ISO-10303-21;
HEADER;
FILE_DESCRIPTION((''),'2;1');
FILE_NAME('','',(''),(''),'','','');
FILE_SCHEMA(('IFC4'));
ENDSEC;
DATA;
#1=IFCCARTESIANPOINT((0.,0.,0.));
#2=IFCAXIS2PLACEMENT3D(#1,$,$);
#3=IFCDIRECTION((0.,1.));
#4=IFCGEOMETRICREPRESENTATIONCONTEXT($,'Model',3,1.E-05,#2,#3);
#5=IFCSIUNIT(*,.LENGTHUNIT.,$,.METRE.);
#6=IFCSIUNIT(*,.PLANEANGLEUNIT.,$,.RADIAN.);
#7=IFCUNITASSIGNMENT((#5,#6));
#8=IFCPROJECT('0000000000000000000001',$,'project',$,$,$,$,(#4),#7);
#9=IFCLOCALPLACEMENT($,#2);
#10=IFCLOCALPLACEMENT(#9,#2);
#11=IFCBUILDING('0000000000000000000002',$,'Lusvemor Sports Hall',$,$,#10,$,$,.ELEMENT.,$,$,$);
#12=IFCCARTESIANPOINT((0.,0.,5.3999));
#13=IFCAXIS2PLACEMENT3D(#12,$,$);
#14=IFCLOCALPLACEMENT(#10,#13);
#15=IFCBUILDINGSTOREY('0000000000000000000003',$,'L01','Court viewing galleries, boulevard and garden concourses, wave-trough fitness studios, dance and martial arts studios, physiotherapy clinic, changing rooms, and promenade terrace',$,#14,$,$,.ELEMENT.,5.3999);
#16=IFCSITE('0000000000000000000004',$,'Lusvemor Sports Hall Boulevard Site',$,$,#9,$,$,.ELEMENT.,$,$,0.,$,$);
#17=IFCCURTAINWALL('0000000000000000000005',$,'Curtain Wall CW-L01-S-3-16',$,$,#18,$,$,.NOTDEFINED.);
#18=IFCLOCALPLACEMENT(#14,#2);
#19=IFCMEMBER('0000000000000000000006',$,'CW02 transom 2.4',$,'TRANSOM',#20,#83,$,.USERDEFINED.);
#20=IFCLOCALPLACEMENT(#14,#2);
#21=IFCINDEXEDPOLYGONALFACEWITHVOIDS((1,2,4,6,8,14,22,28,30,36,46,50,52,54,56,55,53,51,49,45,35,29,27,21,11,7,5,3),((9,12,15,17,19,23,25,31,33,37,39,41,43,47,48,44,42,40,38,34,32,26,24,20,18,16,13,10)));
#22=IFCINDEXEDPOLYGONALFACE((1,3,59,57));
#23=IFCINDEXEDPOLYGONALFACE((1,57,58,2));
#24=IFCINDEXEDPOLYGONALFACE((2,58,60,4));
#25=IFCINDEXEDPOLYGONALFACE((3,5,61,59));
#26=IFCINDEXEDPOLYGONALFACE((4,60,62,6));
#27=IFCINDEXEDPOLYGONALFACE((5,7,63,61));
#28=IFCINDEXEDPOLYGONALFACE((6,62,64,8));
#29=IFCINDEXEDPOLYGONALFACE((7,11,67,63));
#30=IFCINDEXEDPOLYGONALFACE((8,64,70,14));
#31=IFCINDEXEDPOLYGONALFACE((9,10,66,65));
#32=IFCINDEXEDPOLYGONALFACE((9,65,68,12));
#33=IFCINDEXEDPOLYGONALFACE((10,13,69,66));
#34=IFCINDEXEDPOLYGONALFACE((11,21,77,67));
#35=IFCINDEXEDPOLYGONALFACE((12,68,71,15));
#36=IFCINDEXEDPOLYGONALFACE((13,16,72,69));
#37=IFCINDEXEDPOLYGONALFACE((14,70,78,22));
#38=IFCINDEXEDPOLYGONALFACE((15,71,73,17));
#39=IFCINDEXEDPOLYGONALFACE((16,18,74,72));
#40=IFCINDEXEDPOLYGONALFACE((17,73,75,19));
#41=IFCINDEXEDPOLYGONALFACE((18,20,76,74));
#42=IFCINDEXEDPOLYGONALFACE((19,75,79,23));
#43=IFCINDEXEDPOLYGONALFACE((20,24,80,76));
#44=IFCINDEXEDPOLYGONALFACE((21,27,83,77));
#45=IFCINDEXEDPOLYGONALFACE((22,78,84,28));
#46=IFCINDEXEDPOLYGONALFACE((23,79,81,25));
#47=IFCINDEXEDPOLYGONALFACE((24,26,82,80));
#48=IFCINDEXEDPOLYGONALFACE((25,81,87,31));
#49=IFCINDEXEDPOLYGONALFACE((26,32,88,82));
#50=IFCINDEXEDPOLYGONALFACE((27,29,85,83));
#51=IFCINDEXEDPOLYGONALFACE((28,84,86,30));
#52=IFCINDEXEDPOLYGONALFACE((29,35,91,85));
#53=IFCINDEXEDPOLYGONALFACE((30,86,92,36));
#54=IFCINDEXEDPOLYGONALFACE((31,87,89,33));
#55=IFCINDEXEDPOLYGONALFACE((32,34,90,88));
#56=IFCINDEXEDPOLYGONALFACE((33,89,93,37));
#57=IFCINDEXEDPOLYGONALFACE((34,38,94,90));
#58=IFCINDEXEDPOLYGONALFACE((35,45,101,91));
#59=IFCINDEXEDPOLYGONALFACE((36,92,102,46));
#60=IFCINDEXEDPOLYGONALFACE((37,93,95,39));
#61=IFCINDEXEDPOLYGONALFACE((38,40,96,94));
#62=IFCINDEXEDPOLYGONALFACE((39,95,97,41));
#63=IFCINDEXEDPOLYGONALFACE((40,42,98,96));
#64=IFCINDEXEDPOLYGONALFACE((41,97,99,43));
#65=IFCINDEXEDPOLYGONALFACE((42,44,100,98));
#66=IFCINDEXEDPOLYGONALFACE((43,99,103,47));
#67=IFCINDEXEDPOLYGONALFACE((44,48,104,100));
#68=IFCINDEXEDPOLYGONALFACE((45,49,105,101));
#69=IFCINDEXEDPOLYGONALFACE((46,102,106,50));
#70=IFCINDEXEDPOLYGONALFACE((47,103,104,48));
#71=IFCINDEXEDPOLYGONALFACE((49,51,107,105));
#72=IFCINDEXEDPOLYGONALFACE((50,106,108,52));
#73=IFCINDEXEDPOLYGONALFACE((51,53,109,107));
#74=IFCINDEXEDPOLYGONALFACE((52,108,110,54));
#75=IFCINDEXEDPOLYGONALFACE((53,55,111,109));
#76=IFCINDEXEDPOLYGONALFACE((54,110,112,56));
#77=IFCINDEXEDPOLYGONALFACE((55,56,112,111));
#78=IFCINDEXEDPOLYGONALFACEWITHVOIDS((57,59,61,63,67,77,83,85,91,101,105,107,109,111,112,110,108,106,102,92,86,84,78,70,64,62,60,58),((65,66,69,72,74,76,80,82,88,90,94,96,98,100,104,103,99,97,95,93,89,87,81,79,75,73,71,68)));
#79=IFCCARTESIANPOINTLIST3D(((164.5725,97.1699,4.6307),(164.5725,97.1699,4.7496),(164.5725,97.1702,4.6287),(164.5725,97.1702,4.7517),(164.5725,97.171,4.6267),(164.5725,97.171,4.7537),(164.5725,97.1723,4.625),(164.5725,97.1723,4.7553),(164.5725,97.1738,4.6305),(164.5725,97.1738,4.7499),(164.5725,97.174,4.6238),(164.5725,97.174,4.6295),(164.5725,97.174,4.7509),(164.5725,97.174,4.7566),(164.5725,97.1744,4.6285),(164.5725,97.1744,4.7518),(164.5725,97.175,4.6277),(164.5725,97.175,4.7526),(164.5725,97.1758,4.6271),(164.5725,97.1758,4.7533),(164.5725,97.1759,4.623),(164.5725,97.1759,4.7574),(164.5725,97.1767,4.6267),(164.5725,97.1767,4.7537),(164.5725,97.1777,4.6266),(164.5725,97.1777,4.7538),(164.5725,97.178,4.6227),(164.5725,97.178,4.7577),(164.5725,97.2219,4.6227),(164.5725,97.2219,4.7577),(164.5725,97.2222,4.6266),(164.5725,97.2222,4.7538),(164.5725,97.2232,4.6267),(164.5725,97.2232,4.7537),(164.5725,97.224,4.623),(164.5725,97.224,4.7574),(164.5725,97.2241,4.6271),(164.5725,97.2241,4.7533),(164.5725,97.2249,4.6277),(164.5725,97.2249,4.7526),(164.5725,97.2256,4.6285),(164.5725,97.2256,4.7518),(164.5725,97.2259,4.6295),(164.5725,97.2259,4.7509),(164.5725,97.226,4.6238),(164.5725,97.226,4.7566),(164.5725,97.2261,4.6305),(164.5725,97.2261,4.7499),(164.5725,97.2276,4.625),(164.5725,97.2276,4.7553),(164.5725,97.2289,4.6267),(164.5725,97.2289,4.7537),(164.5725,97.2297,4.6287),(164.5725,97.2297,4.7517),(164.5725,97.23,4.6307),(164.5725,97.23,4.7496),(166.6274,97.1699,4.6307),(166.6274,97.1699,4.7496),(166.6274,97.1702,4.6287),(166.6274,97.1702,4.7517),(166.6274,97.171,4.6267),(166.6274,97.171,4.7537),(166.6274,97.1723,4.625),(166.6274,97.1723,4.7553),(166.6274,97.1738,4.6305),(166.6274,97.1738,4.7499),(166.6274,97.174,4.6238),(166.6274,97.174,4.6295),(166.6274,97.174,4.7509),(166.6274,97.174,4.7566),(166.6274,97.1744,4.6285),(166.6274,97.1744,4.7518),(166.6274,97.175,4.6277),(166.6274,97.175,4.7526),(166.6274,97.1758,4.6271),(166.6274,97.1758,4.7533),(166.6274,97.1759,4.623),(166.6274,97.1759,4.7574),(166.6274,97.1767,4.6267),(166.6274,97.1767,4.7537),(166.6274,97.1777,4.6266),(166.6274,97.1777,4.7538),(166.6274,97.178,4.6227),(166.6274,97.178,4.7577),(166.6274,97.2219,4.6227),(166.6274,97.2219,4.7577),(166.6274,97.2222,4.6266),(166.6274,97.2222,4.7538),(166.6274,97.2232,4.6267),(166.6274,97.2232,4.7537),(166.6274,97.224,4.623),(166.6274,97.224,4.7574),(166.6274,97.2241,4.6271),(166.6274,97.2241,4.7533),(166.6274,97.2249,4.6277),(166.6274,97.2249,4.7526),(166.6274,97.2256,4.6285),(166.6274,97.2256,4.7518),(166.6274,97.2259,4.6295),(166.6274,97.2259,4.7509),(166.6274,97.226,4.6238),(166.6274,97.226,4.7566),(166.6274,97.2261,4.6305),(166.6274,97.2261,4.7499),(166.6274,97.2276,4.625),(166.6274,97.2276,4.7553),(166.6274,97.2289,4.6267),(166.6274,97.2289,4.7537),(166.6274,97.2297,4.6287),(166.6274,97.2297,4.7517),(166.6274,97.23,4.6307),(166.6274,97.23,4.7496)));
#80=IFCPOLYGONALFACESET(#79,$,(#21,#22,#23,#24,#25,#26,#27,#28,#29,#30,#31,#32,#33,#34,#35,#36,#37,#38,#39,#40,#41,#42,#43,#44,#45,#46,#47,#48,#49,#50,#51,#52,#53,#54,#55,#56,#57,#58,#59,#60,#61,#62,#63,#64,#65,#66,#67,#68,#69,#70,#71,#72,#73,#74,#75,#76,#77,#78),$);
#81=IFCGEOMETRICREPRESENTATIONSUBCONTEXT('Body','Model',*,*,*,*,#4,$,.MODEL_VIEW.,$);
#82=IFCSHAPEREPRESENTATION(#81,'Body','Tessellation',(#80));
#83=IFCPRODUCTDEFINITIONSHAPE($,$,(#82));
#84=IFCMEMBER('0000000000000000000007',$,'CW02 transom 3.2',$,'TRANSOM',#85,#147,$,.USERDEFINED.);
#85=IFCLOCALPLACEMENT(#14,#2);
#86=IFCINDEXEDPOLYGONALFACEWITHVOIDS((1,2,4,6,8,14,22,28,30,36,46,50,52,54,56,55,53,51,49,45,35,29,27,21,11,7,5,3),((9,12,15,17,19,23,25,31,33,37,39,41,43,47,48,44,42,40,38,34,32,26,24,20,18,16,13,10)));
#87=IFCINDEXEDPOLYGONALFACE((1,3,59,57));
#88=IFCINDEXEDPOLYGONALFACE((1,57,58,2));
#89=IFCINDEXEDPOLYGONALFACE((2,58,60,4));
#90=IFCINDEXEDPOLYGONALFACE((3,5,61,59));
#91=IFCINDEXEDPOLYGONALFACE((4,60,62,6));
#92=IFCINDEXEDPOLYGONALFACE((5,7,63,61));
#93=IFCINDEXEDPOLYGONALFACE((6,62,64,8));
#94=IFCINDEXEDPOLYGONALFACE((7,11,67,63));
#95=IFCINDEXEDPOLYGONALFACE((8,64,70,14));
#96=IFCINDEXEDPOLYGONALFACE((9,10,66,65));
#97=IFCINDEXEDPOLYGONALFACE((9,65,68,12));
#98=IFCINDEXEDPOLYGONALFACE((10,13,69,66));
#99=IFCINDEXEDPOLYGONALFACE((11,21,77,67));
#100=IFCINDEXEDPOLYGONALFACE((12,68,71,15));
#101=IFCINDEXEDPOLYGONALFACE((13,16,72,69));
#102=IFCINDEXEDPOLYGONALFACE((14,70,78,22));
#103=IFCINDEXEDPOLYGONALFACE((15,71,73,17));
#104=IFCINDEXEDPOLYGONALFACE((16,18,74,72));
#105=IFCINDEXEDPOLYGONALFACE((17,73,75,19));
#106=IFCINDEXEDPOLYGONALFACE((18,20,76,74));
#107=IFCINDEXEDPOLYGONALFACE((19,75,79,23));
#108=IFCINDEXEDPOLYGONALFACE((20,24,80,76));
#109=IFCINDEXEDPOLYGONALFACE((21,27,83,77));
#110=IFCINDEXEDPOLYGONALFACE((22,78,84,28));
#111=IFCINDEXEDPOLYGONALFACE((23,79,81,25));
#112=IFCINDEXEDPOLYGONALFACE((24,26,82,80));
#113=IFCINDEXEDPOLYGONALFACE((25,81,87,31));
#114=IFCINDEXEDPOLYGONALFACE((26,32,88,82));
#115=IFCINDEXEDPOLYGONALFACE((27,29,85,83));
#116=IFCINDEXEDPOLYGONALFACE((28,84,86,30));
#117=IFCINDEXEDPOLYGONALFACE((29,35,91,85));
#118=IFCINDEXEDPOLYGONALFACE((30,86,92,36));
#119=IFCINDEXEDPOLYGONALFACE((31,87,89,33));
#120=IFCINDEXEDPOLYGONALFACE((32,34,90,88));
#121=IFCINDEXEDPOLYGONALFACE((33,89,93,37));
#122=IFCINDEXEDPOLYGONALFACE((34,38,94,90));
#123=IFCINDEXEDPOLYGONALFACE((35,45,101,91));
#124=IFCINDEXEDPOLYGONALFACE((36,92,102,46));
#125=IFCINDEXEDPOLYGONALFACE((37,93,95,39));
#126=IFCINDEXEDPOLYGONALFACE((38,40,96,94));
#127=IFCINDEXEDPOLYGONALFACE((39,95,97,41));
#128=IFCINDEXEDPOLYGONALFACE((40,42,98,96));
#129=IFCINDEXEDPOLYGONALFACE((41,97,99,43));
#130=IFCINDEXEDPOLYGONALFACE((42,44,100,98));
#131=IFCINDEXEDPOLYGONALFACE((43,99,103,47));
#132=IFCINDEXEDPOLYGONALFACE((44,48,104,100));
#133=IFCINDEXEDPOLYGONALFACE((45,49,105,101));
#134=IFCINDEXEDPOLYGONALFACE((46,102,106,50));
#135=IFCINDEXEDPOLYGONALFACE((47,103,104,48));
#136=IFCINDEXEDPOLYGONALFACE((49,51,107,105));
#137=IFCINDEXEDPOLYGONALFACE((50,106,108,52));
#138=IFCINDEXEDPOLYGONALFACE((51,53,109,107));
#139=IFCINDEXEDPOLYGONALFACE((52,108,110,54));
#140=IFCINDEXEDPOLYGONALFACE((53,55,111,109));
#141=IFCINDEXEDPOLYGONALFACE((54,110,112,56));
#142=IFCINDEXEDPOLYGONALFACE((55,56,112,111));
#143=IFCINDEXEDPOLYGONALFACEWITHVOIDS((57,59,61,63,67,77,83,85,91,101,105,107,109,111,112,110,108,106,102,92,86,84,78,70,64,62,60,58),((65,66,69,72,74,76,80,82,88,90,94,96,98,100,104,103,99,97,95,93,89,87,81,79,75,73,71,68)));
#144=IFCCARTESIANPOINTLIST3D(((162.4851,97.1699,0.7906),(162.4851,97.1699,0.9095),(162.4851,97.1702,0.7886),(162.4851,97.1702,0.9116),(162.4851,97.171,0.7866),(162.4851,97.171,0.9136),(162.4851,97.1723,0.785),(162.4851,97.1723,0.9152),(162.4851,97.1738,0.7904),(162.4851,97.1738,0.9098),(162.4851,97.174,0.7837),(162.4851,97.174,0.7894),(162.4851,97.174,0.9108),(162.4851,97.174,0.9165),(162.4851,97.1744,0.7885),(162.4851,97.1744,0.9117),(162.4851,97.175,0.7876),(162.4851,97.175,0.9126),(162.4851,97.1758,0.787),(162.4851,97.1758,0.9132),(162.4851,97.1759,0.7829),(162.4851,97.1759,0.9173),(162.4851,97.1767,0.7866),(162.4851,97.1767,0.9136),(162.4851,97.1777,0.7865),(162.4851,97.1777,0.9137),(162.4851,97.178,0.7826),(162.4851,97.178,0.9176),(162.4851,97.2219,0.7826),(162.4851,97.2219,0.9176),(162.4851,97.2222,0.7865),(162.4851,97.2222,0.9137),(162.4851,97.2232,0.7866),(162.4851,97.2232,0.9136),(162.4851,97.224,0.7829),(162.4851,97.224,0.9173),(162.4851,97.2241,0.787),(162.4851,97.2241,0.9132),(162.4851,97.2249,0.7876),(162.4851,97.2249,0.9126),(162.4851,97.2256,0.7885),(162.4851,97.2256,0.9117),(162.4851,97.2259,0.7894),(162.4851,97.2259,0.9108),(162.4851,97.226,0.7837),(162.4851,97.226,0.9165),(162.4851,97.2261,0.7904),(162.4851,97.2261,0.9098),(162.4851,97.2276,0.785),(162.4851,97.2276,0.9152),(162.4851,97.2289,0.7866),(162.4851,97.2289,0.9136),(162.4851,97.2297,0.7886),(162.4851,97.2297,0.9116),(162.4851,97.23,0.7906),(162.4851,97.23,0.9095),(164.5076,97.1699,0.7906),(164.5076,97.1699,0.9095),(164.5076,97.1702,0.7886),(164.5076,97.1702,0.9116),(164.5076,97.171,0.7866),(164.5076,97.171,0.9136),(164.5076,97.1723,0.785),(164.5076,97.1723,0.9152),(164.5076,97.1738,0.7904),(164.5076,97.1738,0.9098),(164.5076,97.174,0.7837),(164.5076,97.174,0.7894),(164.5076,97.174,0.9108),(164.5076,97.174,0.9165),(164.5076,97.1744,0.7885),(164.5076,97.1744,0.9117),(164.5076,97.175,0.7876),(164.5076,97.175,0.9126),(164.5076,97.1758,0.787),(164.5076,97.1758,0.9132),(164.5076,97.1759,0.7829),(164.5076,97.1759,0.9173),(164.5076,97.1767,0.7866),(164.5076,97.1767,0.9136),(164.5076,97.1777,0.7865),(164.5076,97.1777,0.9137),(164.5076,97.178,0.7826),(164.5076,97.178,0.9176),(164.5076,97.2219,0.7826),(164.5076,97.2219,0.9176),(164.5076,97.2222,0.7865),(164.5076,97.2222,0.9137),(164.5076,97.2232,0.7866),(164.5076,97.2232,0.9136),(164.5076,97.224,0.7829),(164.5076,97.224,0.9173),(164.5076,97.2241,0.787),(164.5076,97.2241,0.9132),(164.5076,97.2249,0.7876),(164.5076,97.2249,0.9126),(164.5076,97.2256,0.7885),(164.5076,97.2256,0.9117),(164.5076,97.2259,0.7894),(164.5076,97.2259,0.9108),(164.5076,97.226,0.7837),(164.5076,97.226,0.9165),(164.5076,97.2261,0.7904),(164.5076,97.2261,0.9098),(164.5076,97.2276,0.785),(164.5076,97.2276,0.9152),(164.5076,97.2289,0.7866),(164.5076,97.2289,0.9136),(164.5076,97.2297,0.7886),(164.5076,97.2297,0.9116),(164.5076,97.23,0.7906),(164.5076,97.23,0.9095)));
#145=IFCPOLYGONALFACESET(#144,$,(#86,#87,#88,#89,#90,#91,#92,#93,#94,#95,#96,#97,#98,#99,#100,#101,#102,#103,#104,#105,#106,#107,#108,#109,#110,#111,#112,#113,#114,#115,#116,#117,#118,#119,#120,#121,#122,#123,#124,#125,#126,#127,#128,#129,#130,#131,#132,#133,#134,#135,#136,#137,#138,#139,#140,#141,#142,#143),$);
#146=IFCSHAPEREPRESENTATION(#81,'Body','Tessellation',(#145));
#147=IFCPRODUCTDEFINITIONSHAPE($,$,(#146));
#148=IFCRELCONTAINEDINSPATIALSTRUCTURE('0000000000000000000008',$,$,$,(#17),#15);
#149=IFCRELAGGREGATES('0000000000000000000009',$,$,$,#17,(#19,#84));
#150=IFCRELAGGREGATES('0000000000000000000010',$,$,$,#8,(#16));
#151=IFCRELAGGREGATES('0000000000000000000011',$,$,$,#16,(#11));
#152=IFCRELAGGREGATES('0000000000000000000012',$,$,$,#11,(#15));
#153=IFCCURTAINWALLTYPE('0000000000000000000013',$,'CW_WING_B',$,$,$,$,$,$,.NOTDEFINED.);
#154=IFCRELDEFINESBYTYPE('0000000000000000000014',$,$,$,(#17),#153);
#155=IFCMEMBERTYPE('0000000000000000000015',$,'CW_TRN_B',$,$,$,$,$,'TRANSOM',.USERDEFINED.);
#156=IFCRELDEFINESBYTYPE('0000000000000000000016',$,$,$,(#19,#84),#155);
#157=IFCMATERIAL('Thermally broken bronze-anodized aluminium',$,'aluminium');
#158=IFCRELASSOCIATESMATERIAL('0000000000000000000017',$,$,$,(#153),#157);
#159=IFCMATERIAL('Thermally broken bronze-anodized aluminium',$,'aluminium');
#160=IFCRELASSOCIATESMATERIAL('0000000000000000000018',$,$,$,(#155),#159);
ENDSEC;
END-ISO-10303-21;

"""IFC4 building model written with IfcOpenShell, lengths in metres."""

from ifc_helpers import new_model, si_unit, direction, frame, origin, origin_2d, place, context, subcontext, project, spatial, hollow_rectangle, extrude, material, material_profile, profile_set, type_object, element, aggregate, save


model = new_model("IFC4")

# Units and contexts
model_context = context("Model", 3, precision=1e-05, world=origin(), true_north=direction((0.0, 1.0)))
body_context = subcontext(model_context, "Body", "Model", "MODEL_VIEW")
ifc_project = project(units=[si_unit("LENGTHUNIT", "METRE"), si_unit("PLANEANGLEUNIT", "RADIAN")], contexts=[model_context])

# Site, building, storey
site_placement = place(None, origin())
site = spatial("IfcSite", under=ifc_project, at=site_placement, Name="Lusvemor Sports Hall Boulevard Site", CompositionType="ELEMENT", RefElevation=0.0)
building_placement = place(site_placement, origin())
building = spatial("IfcBuilding", under=site, at=building_placement, Name="Lusvemor Sports Hall", CompositionType="ELEMENT")
storey_placement = place(building_placement, frame((0.0, 0.0, 5.3999)))
storey = spatial("IfcBuildingStorey", under=building, at=storey_placement, Name="L01", Description="Court viewing galleries, boulevard and garden concourses, wave-trough fitness studios, dance and martial arts studios, physiotherapy clinic, changing rooms, and promenade terrace", CompositionType="ELEMENT", Elevation=5.3999)

# Curtain wall, members
ifc_material_1 = material(Name="Thermally broken bronze-anodized aluminium", Category="aluminium")
curtain_wall_type = type_object("IfcCurtainWallType", Name="CW_WING_B", PredefinedType="NOTDEFINED", material=ifc_material_1)
curtain_wall_placement = place(storey_placement, origin())
curtain_wall = element("IfcCurtainWall", 1, at=curtain_wall_placement, inside=storey, type_object=curtain_wall_type, Name="Curtain Wall CW-L01-S-3-16", PredefinedType="NOTDEFINED")
ifc_material_2 = material(Name="Thermally broken bronze-anodized aluminium", Category="aluminium")
ifc_material_profile_1 = material_profile(ifc_material_2, hollow_rectangle(XDim=0.0601, YDim=0.135, WallThickness=0.0039, InnerFilletRadius=0.0039, OuterFilletRadius=0.0081, at=origin_2d()), Name="CWTRN135x60x4")
ifc_profile_set_1 = profile_set([ifc_material_profile_1], Name="Thermally broken bronze-anodized aluminium")
member_type_1 = type_object("IfcMemberType", Name="CW_TRN_B", ElementType="TRANSOM", PredefinedType="USERDEFINED", material=ifc_profile_set_1)
member_1_placement = place(storey_placement, frame((166.6274, 97.2, 4.6902), z_axis=(-1.0, 0.0, 0.0), x_axis=(0.0, -1.0, 0.0)))
member_1 = element("IfcMember", 2, at=member_1_placement, type_object=member_type_1, Name="CW02 transom 2.4", ObjectType="TRANSOM", PredefinedType="USERDEFINED", context=body_context, shape_type="SweptSolid", body=[
    extrude(hollow_rectangle(XDim=0.0601, YDim=0.135, WallThickness=0.0039, InnerFilletRadius=0.0039, OuterFilletRadius=0.0081, at=origin_2d()), origin(), (0.0, 0.0, 1.0), 2.0549),
])
member_2_placement = place(storey_placement, frame((164.5076, 97.2, 0.8501), z_axis=(-1.0, 0.0, 0.0), x_axis=(0.0, -1.0, 0.0)))
member_2 = element("IfcMember", 3, at=member_2_placement, type_object=member_type_1, Name="CW02 transom 3.2", ObjectType="TRANSOM", PredefinedType="USERDEFINED", context=body_context, shape_type="SweptSolid", body=[
    extrude(hollow_rectangle(XDim=0.0601, YDim=0.135, WallThickness=0.0039, InnerFilletRadius=0.0039, OuterFilletRadius=0.0081, at=origin_2d()), origin(), (0.0, 0.0, 1.0), 2.0225),
])

aggregate(curtain_wall, [member_1, member_2])

save(model, "model.ifc")
